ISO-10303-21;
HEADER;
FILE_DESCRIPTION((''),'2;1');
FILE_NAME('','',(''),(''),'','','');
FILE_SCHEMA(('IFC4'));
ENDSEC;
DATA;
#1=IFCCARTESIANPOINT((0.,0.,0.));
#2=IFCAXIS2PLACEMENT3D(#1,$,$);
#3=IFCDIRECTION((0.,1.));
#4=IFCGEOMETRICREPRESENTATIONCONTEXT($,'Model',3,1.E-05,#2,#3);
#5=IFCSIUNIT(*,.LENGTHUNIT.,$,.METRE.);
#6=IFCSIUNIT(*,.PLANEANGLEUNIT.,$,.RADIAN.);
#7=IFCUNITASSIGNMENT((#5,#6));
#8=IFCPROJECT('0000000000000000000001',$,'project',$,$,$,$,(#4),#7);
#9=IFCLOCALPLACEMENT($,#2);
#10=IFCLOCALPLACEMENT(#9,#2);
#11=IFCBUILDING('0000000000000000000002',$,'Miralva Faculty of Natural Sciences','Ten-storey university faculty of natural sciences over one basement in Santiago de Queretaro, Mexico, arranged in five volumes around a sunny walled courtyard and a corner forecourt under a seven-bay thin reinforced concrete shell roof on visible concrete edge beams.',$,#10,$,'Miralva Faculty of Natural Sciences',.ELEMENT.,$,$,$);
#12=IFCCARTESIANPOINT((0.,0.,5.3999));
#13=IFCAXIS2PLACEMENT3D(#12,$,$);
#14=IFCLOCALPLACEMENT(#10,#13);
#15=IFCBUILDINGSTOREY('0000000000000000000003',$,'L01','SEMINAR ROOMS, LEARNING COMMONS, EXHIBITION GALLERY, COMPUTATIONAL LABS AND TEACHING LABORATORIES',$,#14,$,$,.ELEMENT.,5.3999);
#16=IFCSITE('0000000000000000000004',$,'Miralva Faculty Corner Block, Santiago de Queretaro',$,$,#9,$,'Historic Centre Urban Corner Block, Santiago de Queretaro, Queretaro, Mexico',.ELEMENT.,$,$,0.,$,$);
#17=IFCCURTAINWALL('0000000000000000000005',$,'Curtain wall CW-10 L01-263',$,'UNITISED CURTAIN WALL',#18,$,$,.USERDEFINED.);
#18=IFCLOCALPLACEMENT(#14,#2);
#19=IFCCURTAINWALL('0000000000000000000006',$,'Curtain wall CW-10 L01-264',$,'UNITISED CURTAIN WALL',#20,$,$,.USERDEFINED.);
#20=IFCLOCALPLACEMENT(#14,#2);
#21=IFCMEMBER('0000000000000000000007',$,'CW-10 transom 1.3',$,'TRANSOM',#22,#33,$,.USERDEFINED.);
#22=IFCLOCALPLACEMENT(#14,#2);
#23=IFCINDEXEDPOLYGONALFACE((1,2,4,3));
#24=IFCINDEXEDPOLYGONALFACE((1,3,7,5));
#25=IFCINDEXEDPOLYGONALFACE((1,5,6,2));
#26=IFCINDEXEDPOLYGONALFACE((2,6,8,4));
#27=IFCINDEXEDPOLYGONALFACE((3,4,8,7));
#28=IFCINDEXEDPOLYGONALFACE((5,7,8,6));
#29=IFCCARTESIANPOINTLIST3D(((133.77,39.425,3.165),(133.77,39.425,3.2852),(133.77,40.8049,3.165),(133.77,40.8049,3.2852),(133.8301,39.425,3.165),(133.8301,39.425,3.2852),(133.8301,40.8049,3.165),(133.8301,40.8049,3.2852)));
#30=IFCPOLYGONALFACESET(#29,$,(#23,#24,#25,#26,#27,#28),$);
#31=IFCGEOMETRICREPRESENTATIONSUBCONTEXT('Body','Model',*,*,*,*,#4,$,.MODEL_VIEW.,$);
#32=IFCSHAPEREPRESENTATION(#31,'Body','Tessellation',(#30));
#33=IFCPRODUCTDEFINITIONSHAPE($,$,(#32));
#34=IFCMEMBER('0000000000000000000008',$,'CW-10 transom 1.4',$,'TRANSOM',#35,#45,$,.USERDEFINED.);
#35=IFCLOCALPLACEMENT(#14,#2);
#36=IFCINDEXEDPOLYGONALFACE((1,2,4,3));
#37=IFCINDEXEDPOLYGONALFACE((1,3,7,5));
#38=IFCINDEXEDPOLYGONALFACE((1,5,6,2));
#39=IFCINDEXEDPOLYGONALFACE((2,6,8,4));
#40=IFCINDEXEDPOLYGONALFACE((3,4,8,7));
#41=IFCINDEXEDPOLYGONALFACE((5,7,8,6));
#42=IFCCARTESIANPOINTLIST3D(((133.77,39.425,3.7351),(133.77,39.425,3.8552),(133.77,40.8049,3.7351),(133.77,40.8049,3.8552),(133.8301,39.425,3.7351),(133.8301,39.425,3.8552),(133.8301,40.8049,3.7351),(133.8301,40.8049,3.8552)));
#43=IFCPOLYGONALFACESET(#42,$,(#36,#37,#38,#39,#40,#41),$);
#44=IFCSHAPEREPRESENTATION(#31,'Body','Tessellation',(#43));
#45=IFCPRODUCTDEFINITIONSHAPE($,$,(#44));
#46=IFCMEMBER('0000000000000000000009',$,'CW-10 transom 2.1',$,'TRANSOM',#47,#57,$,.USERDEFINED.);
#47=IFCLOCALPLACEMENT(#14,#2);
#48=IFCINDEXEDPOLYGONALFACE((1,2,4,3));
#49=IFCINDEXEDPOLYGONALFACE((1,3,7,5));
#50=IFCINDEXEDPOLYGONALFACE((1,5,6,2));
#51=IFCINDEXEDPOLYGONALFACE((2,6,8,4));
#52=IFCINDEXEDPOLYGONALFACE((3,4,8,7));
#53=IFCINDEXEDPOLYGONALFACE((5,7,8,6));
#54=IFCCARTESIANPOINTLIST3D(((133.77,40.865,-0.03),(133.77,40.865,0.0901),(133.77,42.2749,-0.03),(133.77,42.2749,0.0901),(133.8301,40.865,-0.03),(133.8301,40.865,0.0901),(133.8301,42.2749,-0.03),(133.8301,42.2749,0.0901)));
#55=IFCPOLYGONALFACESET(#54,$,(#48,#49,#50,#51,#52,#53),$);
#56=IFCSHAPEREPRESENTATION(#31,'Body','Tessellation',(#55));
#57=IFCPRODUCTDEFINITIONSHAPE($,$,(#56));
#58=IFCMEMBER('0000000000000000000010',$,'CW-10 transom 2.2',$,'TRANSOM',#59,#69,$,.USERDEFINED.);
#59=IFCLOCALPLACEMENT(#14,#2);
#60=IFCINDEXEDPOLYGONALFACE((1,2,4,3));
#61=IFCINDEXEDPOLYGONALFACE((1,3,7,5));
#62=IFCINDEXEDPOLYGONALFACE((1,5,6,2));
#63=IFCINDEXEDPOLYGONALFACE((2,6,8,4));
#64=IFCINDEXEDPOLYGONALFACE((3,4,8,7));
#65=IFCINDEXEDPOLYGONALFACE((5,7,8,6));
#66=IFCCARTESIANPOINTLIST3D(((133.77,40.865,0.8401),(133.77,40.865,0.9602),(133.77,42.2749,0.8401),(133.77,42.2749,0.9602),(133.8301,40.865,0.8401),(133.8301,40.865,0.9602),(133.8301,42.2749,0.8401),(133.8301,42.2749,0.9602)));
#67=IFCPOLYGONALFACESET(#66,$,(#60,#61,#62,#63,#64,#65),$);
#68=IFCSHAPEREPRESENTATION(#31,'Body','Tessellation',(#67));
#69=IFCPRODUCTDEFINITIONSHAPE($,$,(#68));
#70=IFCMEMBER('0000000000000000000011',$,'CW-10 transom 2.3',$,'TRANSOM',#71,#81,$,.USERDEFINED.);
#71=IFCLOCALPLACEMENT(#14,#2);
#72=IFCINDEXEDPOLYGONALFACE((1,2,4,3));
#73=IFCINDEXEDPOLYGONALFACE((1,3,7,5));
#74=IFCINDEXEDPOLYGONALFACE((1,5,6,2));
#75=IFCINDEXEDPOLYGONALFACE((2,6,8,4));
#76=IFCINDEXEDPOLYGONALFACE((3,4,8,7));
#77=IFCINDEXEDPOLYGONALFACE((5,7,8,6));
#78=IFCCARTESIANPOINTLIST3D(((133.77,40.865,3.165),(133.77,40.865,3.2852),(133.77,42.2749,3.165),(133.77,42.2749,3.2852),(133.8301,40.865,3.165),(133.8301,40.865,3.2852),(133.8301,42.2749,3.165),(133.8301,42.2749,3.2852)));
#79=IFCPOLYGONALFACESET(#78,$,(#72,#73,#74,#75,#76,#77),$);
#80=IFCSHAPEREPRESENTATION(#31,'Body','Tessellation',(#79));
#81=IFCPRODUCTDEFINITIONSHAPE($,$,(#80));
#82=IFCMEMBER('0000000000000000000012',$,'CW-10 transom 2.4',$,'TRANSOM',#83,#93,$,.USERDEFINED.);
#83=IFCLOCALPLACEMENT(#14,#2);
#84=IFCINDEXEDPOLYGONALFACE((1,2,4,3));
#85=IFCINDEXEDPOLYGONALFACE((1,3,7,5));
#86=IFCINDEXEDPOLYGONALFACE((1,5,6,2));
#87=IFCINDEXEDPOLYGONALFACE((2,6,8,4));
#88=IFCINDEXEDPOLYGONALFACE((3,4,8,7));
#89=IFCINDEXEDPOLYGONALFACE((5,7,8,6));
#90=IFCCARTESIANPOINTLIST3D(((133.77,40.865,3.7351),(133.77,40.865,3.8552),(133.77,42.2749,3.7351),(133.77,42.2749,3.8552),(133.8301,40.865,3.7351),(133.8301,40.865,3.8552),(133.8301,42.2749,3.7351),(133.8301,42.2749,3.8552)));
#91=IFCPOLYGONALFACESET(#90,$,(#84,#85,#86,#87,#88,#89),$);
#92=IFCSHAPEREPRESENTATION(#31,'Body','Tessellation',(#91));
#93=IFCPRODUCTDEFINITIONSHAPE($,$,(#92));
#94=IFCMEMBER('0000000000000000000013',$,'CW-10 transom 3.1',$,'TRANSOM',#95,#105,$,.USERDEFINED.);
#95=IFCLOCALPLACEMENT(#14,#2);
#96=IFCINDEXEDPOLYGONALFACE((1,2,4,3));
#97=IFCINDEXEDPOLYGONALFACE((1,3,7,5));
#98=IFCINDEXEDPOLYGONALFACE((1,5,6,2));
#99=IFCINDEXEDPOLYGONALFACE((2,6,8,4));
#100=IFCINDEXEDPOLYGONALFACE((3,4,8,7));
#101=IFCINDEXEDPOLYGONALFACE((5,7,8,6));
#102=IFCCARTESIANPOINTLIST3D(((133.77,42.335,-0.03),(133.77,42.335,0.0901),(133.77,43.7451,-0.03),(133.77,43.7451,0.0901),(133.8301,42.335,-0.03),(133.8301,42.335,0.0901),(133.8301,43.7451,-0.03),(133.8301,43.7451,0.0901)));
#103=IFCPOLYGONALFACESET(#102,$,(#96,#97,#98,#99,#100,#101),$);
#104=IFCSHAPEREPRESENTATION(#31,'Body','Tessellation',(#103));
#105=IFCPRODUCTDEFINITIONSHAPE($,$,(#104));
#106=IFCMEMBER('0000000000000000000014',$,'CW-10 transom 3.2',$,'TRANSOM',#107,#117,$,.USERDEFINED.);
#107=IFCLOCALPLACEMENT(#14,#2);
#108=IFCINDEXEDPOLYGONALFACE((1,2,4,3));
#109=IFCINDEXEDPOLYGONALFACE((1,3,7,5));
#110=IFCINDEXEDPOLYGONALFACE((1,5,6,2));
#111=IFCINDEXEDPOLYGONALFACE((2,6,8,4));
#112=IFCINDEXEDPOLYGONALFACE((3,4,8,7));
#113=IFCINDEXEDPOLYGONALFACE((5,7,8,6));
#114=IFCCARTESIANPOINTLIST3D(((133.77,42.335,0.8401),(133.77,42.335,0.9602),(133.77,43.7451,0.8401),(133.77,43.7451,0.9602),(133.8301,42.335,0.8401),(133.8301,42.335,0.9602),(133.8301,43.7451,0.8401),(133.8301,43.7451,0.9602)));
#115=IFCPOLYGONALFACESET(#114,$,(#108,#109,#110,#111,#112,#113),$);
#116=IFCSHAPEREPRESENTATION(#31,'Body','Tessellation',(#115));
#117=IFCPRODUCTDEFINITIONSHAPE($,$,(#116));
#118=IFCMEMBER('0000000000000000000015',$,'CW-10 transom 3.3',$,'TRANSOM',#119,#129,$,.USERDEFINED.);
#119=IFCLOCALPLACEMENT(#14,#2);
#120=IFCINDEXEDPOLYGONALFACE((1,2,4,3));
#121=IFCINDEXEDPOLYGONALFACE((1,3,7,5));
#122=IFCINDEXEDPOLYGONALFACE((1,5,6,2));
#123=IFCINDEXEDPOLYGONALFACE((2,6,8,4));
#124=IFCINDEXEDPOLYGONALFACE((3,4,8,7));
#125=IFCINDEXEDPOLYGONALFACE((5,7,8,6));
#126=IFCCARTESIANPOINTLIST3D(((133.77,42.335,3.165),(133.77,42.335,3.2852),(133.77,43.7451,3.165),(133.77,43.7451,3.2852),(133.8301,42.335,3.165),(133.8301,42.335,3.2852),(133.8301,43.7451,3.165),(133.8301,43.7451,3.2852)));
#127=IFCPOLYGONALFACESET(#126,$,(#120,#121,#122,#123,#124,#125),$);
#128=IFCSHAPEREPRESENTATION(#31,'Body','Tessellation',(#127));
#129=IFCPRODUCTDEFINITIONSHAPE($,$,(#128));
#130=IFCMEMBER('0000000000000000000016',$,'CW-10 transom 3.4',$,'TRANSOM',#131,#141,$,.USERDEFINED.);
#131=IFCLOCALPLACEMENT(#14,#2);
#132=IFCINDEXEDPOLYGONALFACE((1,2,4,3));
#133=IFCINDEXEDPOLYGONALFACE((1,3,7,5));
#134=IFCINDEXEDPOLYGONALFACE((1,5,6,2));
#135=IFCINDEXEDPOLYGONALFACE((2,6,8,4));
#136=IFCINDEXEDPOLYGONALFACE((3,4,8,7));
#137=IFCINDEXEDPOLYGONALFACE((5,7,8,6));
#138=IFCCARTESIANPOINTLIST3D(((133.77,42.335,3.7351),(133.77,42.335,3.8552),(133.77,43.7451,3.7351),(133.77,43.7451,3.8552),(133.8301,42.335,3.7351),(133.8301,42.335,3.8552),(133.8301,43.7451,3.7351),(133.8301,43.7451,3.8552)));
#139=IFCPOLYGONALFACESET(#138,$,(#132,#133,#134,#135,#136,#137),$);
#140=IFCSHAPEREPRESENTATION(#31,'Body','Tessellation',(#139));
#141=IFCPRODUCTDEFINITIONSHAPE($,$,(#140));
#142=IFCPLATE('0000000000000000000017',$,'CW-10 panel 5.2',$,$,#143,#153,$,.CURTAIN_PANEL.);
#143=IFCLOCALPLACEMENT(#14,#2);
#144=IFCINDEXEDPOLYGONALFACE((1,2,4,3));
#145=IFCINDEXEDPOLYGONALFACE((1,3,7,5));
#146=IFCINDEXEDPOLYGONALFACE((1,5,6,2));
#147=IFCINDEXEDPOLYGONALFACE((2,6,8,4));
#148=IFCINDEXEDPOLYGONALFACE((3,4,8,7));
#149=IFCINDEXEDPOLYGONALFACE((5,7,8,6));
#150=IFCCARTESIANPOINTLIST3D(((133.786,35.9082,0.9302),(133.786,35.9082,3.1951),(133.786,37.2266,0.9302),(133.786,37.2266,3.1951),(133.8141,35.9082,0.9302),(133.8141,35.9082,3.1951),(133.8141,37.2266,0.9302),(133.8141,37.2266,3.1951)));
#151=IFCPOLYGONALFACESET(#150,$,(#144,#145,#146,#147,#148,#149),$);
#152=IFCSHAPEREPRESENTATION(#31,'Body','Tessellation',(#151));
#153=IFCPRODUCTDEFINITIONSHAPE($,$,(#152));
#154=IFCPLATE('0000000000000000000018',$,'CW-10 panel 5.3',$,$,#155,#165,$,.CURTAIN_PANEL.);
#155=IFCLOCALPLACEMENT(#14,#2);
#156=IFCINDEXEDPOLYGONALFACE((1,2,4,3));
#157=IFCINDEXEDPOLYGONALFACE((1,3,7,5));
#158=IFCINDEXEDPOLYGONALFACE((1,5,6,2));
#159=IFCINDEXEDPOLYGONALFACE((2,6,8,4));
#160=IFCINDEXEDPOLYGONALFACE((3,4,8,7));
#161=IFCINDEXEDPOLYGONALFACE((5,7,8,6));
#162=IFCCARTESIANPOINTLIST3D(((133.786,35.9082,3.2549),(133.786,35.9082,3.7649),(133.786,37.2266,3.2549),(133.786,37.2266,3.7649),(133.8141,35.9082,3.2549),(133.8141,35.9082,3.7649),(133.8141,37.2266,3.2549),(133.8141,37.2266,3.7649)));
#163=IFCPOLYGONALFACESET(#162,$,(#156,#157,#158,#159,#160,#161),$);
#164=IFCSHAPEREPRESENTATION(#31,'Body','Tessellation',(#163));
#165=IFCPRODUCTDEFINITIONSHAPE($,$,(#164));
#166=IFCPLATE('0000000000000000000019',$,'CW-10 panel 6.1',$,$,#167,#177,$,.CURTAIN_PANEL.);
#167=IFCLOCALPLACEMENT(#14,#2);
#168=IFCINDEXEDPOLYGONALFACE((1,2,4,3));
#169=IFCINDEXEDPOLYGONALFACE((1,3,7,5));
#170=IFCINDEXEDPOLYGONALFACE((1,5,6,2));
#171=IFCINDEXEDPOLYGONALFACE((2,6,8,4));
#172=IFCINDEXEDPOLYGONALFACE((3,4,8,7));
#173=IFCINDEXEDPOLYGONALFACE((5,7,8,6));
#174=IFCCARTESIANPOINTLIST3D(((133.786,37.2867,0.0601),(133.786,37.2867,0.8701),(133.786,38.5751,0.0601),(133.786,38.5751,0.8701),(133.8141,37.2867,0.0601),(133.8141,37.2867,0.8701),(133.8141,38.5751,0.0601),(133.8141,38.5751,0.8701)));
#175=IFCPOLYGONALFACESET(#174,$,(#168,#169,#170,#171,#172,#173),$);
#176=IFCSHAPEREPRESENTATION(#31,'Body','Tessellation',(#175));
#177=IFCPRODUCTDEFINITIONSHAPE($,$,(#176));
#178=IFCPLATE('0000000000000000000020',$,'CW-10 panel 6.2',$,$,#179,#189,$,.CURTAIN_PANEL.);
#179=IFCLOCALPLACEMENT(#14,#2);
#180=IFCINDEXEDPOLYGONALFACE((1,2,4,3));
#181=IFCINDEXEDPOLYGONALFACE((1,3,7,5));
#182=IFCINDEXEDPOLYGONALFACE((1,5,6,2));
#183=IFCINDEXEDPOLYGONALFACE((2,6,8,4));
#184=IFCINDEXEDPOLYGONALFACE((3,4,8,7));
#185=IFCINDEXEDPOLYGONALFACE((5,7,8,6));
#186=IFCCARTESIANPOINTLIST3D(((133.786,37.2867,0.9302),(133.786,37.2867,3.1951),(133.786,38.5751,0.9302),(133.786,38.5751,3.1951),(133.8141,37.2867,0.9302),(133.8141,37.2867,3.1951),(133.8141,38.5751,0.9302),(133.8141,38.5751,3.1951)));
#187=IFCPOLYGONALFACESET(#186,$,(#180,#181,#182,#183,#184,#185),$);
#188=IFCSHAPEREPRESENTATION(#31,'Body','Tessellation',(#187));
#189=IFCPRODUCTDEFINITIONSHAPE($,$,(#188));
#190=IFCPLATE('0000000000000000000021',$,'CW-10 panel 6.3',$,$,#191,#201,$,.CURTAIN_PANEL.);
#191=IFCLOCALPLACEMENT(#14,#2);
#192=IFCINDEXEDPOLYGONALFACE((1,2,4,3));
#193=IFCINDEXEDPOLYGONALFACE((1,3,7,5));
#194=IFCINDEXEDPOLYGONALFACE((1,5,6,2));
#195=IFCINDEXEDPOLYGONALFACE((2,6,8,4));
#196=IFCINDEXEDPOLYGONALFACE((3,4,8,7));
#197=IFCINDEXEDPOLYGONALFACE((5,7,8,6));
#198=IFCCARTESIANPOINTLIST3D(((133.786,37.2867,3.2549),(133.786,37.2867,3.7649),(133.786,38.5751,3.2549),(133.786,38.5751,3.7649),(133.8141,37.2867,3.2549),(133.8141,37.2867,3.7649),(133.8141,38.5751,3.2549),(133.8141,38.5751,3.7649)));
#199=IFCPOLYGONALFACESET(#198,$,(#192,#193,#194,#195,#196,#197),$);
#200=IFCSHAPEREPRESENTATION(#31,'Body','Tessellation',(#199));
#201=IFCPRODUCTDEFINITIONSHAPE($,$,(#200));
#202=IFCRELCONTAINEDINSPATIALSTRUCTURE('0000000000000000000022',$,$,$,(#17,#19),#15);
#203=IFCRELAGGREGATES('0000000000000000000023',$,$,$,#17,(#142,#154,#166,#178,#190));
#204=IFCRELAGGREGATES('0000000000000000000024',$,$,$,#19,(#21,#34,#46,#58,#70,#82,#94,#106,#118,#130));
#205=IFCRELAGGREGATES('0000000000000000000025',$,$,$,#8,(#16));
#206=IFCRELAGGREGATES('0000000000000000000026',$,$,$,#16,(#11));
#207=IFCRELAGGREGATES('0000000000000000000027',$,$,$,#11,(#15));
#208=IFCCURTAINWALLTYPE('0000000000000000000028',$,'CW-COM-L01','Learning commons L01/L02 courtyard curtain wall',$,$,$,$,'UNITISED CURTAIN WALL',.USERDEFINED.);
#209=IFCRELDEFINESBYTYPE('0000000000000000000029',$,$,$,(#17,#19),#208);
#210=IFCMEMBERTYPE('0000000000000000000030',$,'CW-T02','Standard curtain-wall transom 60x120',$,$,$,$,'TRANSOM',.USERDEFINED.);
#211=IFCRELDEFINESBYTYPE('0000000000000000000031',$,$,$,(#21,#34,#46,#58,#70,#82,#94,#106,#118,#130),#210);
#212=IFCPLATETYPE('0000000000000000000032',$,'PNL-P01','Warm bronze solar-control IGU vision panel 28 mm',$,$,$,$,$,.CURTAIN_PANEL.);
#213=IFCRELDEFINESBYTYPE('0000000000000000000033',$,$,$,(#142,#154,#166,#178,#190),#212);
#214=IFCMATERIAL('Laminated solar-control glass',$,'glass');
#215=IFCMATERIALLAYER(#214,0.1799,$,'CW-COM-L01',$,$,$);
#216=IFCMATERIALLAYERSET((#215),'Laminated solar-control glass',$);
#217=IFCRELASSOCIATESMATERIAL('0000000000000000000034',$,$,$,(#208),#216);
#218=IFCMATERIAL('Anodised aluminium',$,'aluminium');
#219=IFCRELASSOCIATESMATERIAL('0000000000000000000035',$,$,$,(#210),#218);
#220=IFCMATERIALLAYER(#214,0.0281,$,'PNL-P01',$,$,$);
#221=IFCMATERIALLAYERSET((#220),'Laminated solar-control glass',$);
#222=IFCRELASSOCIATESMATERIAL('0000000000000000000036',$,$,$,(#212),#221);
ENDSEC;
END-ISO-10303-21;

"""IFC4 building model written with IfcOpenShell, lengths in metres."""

from ifc_helpers import new_model, si_unit, direction, frame, origin, origin_2d, place, context, subcontext, project, spatial, rectangle, extrude, material, layer, layer_set, material_profile, profile_set, type_object, element, aggregate, save


model = new_model("IFC4")

# Units and contexts
model_context = context("Model", 3, precision=1e-05, world=origin(), true_north=direction((0.0, 1.0)))
body_context = subcontext(model_context, "Body", "Model", "MODEL_VIEW")
ifc_project = project(units=[si_unit("LENGTHUNIT", "METRE"), si_unit("PLANEANGLEUNIT", "RADIAN")], contexts=[model_context])

# Site, building, storey
site_placement = place(None, origin())
site = spatial("IfcSite", under=ifc_project, at=site_placement, Name="Miralva Faculty Corner Block, Santiago de Queretaro", LongName="Historic Centre Urban Corner Block, Santiago de Queretaro, Queretaro, Mexico", CompositionType="ELEMENT", RefElevation=0.0)
building_placement = place(site_placement, origin())
building = spatial("IfcBuilding", under=site, at=building_placement, Name="Miralva Faculty of Natural Sciences", Description="Ten-storey university faculty of natural sciences over one basement in Santiago de Queretaro, Mexico, arranged in five volumes around a sunny walled courtyard and a corner forecourt under a seven-bay thin reinforced concrete shell roof on visible concrete edge beams.", LongName="Miralva Faculty of Natural Sciences", CompositionType="ELEMENT")
storey_placement = place(building_placement, frame((0.0, 0.0, 5.3999)))
storey = spatial("IfcBuildingStorey", under=building, at=storey_placement, Name="L01", Description="SEMINAR ROOMS, LEARNING COMMONS, EXHIBITION GALLERY, COMPUTATIONAL LABS AND TEACHING LABORATORIES", CompositionType="ELEMENT", Elevation=5.3999)

# Curtain walls
ifc_material_1 = material(Name="Laminated solar-control glass", Category="glass")
ifc_layer_1 = layer(ifc_material_1, 0.1799, Name="CW-COM-L01")
ifc_layer_set_1 = layer_set([ifc_layer_1], Name="Laminated solar-control glass")
curtain_wall_type = type_object("IfcCurtainWallType", Name="CW-COM-L01", Description="Learning commons L01/L02 courtyard curtain wall", ElementType="UNITISED CURTAIN WALL", PredefinedType="USERDEFINED", material=ifc_layer_set_1)
curtain_wall_1_placement = place(storey_placement, origin())
curtain_wall_1 = element("IfcCurtainWall", 1, at=curtain_wall_1_placement, inside=storey, type_object=curtain_wall_type, Name="Curtain wall CW-10 L01-263", ObjectType="UNITISED CURTAIN WALL", PredefinedType="USERDEFINED")
ifc_material_2 = material(Name="Anodised aluminium", Category="aluminium")
curtain_wall_2_placement = place(storey_placement, origin())
curtain_wall_2 = element("IfcCurtainWall", 2, at=curtain_wall_2_placement, inside=storey, type_object=curtain_wall_type, Name="Curtain wall CW-10 L01-264", ObjectType="UNITISED CURTAIN WALL", PredefinedType="USERDEFINED")

# Members
ifc_material_profile_1 = material_profile(ifc_material_2, rectangle(XDim=0.0601, YDim=0.1201, at=origin_2d()), Name="TRANSOM 60x120")
ifc_profile_set_1 = profile_set([ifc_material_profile_1], Name="Anodised aluminium")
member_type_1 = type_object("IfcMemberType", Name="CW-T02", Description="Standard curtain-wall transom 60x120", ElementType="TRANSOM", PredefinedType="USERDEFINED", material=ifc_profile_set_1)
member_1_placement = place(storey_placement, frame((133.8, 39.425, 3.2251), z_axis=(0.0, 1.0, 0.0), x_axis=(-1.0, 0.0, 0.0)))
member_1 = element("IfcMember", 3, at=member_1_placement, type_object=member_type_1, Name="CW-10 transom 1.3", ObjectType="TRANSOM", PredefinedType="USERDEFINED", context=body_context, shape_type="SweptSolid", body=[
    extrude(rectangle(XDim=0.0601, YDim=0.1201, at=origin_2d()), origin(), (0.0, 0.0, 1.0), 1.3799),
])
member_2_placement = place(storey_placement, frame((133.8, 39.425, 3.7952), z_axis=(0.0, 1.0, 0.0), x_axis=(-1.0, 0.0, 0.0)))
member_2 = element("IfcMember", 4, at=member_2_placement, type_object=member_type_1, Name="CW-10 transom 1.4", ObjectType="TRANSOM", PredefinedType="USERDEFINED", context=body_context, shape_type="SweptSolid", body=[
    extrude(rectangle(XDim=0.0601, YDim=0.1201, at=origin_2d()), origin(), (0.0, 0.0, 1.0), 1.3799),
])
member_3_placement = place(storey_placement, frame((133.8, 40.865, 0.03), z_axis=(0.0, 1.0, 0.0), x_axis=(-1.0, 0.0, 0.0)))
member_3 = element("IfcMember", 5, at=member_3_placement, type_object=member_type_1, Name="CW-10 transom 2.1", ObjectType="TRANSOM", PredefinedType="USERDEFINED", context=body_context, shape_type="SweptSolid", body=[
    extrude(rectangle(XDim=0.0601, YDim=0.1201, at=origin_2d()), origin(), (0.0, 0.0, 1.0), 1.4099),
])
member_4_placement = place(storey_placement, frame((133.8, 40.865, 0.9001), z_axis=(0.0, 1.0, 0.0), x_axis=(-1.0, 0.0, 0.0)))
member_4 = element("IfcMember", 6, at=member_4_placement, type_object=member_type_1, Name="CW-10 transom 2.2", ObjectType="TRANSOM", PredefinedType="USERDEFINED", context=body_context, shape_type="SweptSolid", body=[
    extrude(rectangle(XDim=0.0601, YDim=0.1201, at=origin_2d()), origin(), (0.0, 0.0, 1.0), 1.4099),
])
member_5_placement = place(storey_placement, frame((133.8, 40.865, 3.2251), z_axis=(0.0, 1.0, 0.0), x_axis=(-1.0, 0.0, 0.0)))
member_5 = element("IfcMember", 7, at=member_5_placement, type_object=member_type_1, Name="CW-10 transom 2.3", ObjectType="TRANSOM", PredefinedType="USERDEFINED", context=body_context, shape_type="SweptSolid", body=[
    extrude(rectangle(XDim=0.0601, YDim=0.1201, at=origin_2d()), origin(), (0.0, 0.0, 1.0), 1.4099),
])
member_6_placement = place(storey_placement, frame((133.8, 40.865, 3.7952), z_axis=(0.0, 1.0, 0.0), x_axis=(-1.0, 0.0, 0.0)))
member_6 = element("IfcMember", 8, at=member_6_placement, type_object=member_type_1, Name="CW-10 transom 2.4", ObjectType="TRANSOM", PredefinedType="USERDEFINED", context=body_context, shape_type="SweptSolid", body=[
    extrude(rectangle(XDim=0.0601, YDim=0.1201, at=origin_2d()), origin(), (0.0, 0.0, 1.0), 1.4099),
])
member_7_placement = place(storey_placement, frame((133.8, 42.335, 0.03), z_axis=(0.0, 1.0, 0.0), x_axis=(-1.0, 0.0, 0.0)))
member_7 = element("IfcMember", 9, at=member_7_placement, type_object=member_type_1, Name="CW-10 transom 3.1", ObjectType="TRANSOM", PredefinedType="USERDEFINED", context=body_context, shape_type="SweptSolid", body=[
    extrude(rectangle(XDim=0.0601, YDim=0.1201, at=origin_2d()), origin(), (0.0, 0.0, 1.0), 1.4102),
])
member_8_placement = place(storey_placement, frame((133.8, 42.335, 0.9001), z_axis=(0.0, 1.0, 0.0), x_axis=(-1.0, 0.0, 0.0)))
member_8 = element("IfcMember", 10, at=member_8_placement, type_object=member_type_1, Name="CW-10 transom 3.2", ObjectType="TRANSOM", PredefinedType="USERDEFINED", context=body_context, shape_type="SweptSolid", body=[
    extrude(rectangle(XDim=0.0601, YDim=0.1201, at=origin_2d()), origin(), (0.0, 0.0, 1.0), 1.4102),
])
member_9_placement = place(storey_placement, frame((133.8, 42.335, 3.2251), z_axis=(0.0, 1.0, 0.0), x_axis=(-1.0, 0.0, 0.0)))
member_9 = element("IfcMember", 11, at=member_9_placement, type_object=member_type_1, Name="CW-10 transom 3.3", ObjectType="TRANSOM", PredefinedType="USERDEFINED", context=body_context, shape_type="SweptSolid", body=[
    extrude(rectangle(XDim=0.0601, YDim=0.1201, at=origin_2d()), origin(), (0.0, 0.0, 1.0), 1.4102),
])
member_10_placement = place(storey_placement, frame((133.8, 42.335, 3.7952), z_axis=(0.0, 1.0, 0.0), x_axis=(-1.0, 0.0, 0.0)))
member_10 = element("IfcMember", 12, at=member_10_placement, type_object=member_type_1, Name="CW-10 transom 3.4", ObjectType="TRANSOM", PredefinedType="USERDEFINED", context=body_context, shape_type="SweptSolid", body=[
    extrude(rectangle(XDim=0.0601, YDim=0.1201, at=origin_2d()), origin(), (0.0, 0.0, 1.0), 1.4102),
])

# Plates
ifc_layer_2 = layer(ifc_material_1, 0.0281, Name="PNL-P01")
ifc_layer_set_2 = layer_set([ifc_layer_2], Name="Laminated solar-control glass")
plate_type = type_object("IfcPlateType", Name="PNL-P01", Description="Warm bronze solar-control IGU vision panel 28 mm", PredefinedType="CURTAIN_PANEL", material=ifc_layer_set_2)
plate_1_placement = place(storey_placement, frame((133.8, 36.5674, 0.9302), z_axis=(0.0, 0.0, 1.0), x_axis=(0.0, 1.0, 0.0)))
plate_1 = element("IfcPlate", 13, at=plate_1_placement, type_object=plate_type, Name="CW-10 panel 5.2", PredefinedType="CURTAIN_PANEL", context=body_context, shape_type="SweptSolid", body=[
    extrude(rectangle(XDim=1.3184, YDim=0.0281, at=origin_2d()), origin(), (0.0, 0.0, 1.0), 2.2649),
])
plate_2_placement = place(storey_placement, frame((133.8, 36.5674, 3.2549), z_axis=(0.0, 0.0, 1.0), x_axis=(0.0, 1.0, 0.0)))
plate_2 = element("IfcPlate", 14, at=plate_2_placement, type_object=plate_type, Name="CW-10 panel 5.3", PredefinedType="CURTAIN_PANEL", context=body_context, shape_type="SweptSolid", body=[
    extrude(rectangle(XDim=1.3184, YDim=0.0281, at=origin_2d()), origin(), (0.0, 0.0, 1.0), 0.51),
])
plate_3_placement = place(storey_placement, frame((133.8, 37.9309, 0.0601), z_axis=(0.0, 0.0, 1.0), x_axis=(0.0, 1.0, 0.0)))
plate_3 = element("IfcPlate", 15, at=plate_3_placement, type_object=plate_type, Name="CW-10 panel 6.1", PredefinedType="CURTAIN_PANEL", context=body_context, shape_type="SweptSolid", body=[
    extrude(rectangle(XDim=1.2883, YDim=0.0281, at=origin_2d()), origin(), (0.0, 0.0, 1.0), 0.8101),
])
plate_4_placement = place(storey_placement, frame((133.8, 37.9309, 0.9302), z_axis=(0.0, 0.0, 1.0), x_axis=(0.0, 1.0, 0.0)))
plate_4 = element("IfcPlate", 16, at=plate_4_placement, type_object=plate_type, Name="CW-10 panel 6.2", PredefinedType="CURTAIN_PANEL", context=body_context, shape_type="SweptSolid", body=[
    extrude(rectangle(XDim=1.2883, YDim=0.0281, at=origin_2d()), origin(), (0.0, 0.0, 1.0), 2.2649),
])
plate_5_placement = place(storey_placement, frame((133.8, 37.9309, 3.2549), z_axis=(0.0, 0.0, 1.0), x_axis=(0.0, 1.0, 0.0)))
plate_5 = element("IfcPlate", 17, at=plate_5_placement, type_object=plate_type, Name="CW-10 panel 6.3", PredefinedType="CURTAIN_PANEL", context=body_context, shape_type="SweptSolid", body=[
    extrude(rectangle(XDim=1.2883, YDim=0.0281, at=origin_2d()), origin(), (0.0, 0.0, 1.0), 0.51),
])
aggregate(curtain_wall_1, [plate_1, plate_2, plate_3, plate_4, plate_5])
aggregate(curtain_wall_2, [member_1, member_2, member_3, member_4, member_5, member_6, member_7, member_8, member_9, member_10])

save(model, "model.ifc")
